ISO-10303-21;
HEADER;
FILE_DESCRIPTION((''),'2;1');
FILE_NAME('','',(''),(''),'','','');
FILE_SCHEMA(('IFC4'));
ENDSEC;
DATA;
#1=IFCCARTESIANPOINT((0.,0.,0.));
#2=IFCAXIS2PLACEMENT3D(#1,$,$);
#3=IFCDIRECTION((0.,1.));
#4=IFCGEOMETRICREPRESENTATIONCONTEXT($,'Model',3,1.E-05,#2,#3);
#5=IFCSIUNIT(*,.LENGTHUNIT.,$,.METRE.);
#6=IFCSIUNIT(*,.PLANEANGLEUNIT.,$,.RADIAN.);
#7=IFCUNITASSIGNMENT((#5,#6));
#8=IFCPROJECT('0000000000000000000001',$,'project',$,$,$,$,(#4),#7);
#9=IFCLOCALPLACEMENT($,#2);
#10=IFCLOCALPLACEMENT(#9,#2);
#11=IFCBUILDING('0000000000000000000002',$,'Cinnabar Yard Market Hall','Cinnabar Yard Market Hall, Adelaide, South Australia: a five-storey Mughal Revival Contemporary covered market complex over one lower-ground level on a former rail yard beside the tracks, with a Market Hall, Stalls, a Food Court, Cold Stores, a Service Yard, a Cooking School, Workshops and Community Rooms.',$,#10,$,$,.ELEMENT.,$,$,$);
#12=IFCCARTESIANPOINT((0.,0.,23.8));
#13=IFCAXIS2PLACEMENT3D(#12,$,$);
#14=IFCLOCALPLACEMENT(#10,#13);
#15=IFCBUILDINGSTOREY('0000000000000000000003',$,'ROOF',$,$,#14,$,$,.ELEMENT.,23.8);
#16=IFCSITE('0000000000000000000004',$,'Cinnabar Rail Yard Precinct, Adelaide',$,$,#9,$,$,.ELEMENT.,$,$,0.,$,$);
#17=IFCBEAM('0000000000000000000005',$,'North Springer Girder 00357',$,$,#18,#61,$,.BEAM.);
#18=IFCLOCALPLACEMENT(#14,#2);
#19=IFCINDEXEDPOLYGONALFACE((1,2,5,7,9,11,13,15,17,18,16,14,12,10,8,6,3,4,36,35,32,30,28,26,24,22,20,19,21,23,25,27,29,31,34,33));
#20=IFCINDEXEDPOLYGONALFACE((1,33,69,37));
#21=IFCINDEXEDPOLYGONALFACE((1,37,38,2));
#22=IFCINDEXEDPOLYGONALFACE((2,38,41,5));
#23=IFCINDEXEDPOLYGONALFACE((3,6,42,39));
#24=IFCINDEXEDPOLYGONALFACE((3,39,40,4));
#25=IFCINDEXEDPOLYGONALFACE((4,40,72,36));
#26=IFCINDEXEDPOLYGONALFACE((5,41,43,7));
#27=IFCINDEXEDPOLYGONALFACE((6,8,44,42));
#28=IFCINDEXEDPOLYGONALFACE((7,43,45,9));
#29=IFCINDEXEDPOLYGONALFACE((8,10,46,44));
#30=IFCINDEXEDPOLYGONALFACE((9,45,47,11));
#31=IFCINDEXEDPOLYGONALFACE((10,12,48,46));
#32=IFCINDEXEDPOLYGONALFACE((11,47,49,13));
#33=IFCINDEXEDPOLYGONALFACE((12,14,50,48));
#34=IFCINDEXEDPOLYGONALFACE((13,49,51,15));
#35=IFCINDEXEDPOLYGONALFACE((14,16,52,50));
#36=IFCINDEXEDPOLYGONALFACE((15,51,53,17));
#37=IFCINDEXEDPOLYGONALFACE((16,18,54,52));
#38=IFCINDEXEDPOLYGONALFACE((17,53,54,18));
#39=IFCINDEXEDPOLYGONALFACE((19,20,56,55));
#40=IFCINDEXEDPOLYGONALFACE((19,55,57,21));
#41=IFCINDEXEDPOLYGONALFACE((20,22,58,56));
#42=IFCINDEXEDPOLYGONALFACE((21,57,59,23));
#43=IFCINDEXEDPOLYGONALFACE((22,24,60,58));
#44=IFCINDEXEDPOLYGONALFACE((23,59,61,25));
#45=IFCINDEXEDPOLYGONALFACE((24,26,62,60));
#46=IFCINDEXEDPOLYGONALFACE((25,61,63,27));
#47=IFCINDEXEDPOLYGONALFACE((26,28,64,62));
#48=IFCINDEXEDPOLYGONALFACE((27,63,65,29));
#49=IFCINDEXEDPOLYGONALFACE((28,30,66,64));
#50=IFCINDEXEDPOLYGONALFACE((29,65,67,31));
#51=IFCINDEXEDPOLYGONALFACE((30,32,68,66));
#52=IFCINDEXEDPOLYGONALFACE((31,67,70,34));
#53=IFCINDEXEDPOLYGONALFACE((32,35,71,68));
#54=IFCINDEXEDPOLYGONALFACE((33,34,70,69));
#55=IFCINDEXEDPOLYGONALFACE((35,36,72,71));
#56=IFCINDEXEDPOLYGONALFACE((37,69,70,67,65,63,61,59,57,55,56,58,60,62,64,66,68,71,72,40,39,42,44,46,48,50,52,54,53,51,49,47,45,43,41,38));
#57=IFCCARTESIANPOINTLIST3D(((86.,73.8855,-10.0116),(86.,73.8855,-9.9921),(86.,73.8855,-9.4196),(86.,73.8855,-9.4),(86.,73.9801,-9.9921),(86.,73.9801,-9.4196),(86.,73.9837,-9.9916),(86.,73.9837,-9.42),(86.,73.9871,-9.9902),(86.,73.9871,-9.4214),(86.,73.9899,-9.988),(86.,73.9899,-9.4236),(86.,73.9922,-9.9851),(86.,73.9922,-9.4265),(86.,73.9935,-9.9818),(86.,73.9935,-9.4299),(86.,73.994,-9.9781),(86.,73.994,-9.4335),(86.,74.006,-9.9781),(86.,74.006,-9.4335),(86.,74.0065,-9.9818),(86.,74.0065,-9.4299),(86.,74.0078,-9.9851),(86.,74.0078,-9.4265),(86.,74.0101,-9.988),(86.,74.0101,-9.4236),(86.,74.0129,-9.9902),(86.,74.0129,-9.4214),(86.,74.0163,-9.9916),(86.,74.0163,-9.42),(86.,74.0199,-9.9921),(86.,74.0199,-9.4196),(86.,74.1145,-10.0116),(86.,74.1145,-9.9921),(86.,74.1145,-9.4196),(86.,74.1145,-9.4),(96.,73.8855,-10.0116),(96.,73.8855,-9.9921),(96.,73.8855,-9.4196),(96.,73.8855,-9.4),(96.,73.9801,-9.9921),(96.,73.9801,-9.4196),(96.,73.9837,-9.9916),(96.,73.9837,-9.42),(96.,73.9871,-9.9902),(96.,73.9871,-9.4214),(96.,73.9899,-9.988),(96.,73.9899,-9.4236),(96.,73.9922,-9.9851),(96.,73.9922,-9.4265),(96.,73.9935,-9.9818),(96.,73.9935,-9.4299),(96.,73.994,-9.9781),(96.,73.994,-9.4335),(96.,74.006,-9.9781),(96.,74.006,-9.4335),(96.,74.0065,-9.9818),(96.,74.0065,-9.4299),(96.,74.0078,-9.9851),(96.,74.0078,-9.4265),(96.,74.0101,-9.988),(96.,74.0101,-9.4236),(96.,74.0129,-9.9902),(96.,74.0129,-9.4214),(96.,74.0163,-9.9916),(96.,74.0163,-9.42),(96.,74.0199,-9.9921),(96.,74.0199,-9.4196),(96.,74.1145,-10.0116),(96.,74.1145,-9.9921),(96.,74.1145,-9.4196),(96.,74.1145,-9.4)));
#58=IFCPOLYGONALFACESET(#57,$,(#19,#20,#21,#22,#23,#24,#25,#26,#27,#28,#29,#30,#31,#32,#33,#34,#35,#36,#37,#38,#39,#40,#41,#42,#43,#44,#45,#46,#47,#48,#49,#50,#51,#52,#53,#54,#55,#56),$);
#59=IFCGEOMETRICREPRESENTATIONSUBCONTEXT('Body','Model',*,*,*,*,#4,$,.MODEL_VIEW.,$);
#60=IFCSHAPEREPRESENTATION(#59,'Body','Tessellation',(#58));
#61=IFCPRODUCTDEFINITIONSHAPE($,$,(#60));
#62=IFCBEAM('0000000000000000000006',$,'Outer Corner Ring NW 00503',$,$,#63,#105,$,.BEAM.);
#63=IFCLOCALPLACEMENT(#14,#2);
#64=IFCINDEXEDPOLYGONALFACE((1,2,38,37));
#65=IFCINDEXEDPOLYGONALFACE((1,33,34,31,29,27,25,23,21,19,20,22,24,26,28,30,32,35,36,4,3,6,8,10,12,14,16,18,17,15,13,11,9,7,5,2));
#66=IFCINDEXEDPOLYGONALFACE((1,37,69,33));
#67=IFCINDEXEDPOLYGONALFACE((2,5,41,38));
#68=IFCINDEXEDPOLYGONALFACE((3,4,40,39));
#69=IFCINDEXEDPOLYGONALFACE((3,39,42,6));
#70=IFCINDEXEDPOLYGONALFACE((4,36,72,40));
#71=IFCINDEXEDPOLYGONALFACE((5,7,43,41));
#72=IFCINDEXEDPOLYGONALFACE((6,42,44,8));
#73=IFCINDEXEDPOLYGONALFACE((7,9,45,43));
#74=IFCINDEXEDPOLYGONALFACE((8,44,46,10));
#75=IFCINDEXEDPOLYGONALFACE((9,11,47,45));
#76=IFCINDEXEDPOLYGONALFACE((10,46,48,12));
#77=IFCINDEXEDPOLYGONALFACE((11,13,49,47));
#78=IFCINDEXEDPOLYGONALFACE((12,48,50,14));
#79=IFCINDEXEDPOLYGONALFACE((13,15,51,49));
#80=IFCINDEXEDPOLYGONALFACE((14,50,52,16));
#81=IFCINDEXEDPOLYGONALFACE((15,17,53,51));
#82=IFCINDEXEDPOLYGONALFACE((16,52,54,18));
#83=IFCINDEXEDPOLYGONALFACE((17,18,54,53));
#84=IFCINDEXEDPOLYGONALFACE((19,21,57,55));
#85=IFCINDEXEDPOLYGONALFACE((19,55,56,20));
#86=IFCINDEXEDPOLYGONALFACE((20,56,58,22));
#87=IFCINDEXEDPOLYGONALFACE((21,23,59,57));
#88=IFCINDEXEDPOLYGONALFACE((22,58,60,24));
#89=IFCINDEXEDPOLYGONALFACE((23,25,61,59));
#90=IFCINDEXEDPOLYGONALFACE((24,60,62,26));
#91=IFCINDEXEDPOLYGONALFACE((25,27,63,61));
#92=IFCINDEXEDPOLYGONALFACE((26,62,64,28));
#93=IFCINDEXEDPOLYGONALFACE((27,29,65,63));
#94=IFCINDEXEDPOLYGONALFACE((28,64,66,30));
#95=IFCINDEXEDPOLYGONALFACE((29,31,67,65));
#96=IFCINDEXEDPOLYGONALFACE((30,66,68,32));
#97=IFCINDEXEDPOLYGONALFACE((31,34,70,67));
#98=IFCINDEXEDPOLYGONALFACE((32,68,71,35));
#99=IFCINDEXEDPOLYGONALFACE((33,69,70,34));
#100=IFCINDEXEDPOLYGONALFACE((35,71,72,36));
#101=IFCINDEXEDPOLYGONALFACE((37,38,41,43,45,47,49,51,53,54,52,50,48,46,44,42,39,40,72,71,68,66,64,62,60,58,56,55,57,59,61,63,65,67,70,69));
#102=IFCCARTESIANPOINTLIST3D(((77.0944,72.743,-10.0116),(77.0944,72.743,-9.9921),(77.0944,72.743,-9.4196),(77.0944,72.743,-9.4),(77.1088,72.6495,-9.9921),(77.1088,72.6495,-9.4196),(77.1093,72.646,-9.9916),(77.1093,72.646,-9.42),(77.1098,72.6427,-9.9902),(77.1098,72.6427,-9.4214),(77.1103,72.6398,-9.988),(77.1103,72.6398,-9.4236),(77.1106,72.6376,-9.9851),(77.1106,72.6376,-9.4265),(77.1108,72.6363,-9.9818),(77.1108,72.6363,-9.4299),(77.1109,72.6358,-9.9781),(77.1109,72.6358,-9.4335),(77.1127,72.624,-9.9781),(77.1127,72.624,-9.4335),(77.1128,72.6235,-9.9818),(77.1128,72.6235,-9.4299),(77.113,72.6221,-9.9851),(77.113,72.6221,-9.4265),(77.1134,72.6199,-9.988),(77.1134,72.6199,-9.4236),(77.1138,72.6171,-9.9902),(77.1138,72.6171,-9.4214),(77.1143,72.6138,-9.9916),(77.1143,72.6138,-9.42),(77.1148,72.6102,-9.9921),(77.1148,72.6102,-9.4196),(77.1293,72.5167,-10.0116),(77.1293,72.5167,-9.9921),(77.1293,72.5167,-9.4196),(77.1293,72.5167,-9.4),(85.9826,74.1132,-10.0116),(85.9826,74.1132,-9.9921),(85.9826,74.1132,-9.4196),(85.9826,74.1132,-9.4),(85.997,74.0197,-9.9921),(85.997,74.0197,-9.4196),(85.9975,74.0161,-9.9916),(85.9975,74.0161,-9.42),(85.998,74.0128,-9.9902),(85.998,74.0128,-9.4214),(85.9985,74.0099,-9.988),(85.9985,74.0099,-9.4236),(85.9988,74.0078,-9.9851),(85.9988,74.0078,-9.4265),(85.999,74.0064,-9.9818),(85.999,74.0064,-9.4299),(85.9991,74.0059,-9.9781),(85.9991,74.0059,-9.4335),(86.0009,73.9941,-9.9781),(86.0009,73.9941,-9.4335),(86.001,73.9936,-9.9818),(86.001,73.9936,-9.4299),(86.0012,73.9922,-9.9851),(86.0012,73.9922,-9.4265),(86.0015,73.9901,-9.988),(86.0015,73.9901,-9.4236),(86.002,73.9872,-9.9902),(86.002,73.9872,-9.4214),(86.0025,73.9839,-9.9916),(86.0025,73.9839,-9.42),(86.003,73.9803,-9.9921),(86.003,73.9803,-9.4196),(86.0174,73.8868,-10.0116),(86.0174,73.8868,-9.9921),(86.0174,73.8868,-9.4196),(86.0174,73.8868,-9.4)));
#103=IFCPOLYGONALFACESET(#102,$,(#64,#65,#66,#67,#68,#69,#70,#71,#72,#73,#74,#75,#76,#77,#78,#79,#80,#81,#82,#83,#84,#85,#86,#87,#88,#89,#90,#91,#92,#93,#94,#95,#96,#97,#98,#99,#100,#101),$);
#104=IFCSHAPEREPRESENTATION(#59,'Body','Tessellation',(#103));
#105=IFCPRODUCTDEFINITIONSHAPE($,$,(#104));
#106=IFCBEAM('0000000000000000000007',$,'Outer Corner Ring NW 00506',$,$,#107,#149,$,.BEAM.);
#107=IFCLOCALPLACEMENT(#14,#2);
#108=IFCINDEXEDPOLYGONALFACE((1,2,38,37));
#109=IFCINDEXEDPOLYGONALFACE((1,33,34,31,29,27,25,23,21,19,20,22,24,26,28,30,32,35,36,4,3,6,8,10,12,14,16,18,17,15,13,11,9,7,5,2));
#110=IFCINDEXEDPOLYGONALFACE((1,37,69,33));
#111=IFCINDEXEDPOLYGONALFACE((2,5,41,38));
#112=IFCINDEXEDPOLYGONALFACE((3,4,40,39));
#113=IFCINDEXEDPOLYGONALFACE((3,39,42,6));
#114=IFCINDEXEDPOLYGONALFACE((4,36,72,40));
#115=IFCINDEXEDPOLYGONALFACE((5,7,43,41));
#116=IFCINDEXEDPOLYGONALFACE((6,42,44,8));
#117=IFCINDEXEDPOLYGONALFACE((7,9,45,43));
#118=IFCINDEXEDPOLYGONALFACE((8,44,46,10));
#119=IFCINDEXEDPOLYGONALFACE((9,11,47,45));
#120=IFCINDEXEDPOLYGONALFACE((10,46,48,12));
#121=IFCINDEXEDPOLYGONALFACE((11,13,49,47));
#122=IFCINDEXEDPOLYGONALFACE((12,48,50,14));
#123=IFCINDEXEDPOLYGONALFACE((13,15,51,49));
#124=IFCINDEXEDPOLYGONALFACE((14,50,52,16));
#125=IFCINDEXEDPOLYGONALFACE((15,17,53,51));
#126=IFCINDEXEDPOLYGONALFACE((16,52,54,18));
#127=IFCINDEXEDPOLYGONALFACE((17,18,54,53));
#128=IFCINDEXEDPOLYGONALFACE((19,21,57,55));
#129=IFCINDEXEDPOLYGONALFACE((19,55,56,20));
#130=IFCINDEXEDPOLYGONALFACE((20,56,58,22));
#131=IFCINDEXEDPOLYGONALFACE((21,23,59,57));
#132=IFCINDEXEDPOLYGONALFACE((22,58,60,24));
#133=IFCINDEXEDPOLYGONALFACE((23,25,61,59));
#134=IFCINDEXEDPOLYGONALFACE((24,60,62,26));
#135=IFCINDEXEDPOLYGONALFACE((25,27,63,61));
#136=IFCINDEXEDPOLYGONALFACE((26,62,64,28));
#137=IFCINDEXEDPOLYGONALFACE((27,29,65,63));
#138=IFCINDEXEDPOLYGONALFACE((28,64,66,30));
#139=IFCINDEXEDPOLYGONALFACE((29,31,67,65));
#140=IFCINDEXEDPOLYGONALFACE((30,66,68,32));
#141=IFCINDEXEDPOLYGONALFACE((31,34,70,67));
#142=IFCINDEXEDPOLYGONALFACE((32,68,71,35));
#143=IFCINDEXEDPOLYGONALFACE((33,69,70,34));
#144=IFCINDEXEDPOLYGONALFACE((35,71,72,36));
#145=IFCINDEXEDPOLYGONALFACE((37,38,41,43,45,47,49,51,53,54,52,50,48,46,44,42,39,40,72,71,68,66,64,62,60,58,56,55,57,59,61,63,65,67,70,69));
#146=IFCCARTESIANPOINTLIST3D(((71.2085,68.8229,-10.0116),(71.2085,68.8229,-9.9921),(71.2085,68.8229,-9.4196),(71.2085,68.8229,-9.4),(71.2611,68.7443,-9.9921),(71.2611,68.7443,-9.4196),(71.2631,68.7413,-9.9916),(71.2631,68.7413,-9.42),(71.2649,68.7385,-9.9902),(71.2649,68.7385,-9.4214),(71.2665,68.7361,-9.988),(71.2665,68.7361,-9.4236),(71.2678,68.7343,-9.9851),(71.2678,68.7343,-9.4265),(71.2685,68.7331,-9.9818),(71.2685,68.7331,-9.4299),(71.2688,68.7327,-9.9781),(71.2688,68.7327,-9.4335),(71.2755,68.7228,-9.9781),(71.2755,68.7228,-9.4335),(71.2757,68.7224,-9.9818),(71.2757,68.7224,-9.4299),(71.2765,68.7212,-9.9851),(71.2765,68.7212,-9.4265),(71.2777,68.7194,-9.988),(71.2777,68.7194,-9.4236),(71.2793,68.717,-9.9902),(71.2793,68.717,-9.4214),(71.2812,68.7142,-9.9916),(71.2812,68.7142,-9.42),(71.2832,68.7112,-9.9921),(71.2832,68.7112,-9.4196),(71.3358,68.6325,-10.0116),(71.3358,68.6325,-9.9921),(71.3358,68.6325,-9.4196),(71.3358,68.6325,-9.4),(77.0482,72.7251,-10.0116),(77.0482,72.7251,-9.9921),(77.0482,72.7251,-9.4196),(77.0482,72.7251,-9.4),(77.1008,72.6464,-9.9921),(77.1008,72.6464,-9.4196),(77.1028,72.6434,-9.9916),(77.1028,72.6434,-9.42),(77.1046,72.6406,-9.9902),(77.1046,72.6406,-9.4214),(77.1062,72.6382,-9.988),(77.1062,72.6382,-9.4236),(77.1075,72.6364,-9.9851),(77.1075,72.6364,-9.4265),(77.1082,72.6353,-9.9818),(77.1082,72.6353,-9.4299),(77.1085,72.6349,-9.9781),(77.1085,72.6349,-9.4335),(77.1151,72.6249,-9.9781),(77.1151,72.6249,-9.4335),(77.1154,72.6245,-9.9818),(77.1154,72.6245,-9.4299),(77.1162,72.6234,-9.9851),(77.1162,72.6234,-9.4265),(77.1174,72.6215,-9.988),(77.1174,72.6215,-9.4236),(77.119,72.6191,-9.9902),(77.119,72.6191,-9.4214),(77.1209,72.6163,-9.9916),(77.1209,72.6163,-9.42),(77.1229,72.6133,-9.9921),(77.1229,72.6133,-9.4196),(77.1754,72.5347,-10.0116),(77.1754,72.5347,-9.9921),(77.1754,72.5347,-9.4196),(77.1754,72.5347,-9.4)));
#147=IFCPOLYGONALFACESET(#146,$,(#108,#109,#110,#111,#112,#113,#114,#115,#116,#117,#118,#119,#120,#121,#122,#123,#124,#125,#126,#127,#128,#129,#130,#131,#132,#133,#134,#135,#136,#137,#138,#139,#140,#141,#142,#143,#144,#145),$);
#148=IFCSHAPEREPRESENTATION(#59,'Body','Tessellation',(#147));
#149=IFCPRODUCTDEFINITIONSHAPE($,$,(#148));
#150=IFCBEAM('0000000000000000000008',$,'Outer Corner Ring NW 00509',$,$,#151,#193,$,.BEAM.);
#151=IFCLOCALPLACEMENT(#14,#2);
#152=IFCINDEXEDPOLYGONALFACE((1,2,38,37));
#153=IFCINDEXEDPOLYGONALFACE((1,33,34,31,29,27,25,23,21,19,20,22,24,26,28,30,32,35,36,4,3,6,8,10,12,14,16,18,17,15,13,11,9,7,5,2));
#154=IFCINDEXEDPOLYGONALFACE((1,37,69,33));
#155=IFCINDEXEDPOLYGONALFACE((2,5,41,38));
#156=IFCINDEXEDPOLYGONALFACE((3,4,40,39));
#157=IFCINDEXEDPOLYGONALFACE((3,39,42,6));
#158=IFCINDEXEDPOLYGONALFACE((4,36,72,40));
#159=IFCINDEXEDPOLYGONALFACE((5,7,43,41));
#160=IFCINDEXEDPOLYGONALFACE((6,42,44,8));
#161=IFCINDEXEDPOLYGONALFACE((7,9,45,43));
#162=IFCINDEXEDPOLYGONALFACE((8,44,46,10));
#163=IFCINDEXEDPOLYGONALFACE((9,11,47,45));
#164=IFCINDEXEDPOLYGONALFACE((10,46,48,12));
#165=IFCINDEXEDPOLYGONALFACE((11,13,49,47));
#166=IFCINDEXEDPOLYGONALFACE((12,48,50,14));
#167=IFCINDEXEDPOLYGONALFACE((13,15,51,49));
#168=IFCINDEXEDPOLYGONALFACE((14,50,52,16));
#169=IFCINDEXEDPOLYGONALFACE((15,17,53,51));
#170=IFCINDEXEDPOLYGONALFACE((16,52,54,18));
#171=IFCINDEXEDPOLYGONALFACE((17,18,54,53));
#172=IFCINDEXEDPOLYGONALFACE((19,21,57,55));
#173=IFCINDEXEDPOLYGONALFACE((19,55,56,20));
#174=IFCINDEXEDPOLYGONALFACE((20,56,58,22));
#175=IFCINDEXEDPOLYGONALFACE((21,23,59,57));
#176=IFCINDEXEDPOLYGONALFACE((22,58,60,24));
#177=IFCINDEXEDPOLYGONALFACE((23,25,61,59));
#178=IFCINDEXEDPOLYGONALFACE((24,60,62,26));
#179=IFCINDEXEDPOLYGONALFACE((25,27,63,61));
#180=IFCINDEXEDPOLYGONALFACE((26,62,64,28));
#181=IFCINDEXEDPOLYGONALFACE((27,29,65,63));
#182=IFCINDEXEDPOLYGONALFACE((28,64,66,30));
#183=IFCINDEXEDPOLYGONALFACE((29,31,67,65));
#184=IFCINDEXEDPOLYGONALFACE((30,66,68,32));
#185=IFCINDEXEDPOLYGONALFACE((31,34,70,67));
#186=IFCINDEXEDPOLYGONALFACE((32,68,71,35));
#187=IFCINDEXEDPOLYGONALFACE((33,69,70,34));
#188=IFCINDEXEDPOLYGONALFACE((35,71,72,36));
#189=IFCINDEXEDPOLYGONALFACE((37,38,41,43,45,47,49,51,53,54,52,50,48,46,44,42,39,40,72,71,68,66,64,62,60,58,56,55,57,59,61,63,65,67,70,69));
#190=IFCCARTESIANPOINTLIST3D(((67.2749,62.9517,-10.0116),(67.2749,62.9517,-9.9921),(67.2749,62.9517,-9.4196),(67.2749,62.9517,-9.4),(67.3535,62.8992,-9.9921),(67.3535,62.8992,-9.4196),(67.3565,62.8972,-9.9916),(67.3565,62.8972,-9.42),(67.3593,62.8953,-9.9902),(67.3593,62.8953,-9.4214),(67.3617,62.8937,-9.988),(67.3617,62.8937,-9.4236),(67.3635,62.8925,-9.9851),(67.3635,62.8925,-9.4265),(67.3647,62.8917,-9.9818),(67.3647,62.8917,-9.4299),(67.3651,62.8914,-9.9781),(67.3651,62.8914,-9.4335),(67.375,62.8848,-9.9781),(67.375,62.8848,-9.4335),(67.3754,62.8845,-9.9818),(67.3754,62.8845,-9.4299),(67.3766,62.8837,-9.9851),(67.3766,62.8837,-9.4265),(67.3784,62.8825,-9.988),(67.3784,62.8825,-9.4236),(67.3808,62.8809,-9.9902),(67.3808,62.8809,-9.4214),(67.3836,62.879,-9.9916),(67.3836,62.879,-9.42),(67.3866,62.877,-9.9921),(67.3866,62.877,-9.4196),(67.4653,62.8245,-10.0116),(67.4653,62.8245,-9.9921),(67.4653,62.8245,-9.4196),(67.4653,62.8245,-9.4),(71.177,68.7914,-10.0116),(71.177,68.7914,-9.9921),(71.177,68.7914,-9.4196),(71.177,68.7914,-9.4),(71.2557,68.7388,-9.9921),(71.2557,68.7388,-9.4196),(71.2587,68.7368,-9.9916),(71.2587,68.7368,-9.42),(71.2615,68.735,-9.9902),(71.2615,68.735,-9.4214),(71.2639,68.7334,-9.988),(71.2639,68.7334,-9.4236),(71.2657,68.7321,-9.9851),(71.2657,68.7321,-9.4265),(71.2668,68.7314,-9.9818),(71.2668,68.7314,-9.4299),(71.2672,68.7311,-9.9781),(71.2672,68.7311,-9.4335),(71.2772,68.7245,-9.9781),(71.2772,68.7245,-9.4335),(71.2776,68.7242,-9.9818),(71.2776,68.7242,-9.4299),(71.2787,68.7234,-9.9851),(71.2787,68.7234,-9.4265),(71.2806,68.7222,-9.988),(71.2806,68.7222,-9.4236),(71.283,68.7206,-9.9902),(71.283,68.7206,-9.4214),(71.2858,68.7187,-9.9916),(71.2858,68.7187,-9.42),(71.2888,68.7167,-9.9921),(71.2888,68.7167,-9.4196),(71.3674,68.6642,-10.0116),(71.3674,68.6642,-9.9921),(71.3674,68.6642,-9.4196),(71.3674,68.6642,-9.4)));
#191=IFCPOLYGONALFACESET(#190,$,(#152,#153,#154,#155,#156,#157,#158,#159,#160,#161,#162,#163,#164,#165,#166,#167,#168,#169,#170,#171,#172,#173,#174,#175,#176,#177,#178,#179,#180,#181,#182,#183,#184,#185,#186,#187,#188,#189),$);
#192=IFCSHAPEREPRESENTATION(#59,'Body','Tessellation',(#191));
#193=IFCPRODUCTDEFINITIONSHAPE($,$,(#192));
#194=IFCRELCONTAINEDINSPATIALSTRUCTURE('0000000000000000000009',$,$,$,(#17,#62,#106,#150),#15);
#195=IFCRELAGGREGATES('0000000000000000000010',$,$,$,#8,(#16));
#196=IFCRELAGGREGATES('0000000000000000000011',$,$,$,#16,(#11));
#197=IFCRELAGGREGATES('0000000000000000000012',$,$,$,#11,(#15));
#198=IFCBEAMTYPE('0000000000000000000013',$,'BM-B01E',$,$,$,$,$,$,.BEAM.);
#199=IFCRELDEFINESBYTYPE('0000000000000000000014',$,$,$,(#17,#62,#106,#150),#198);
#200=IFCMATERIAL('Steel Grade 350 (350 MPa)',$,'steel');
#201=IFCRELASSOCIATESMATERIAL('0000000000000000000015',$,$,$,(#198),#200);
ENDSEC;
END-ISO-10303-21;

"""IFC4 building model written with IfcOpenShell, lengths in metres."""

from ifc_helpers import new_model, si_unit, direction, frame, origin, origin_2d_with_axis, place, context, subcontext, project, spatial, i_section, extrude, material, material_profile, profile_set, type_object, element, save


model = new_model("IFC4")

# Units and contexts
model_context = context("Model", 3, precision=1e-05, world=origin(), true_north=direction((0.0, 1.0)))
body_context = subcontext(model_context, "Body", "Model", "MODEL_VIEW")
ifc_project = project(units=[si_unit("LENGTHUNIT", "METRE"), si_unit("PLANEANGLEUNIT", "RADIAN")], contexts=[model_context])

# Site, building, storey
site_placement = place(None, origin())
site = spatial("IfcSite", under=ifc_project, at=site_placement, Name="Cinnabar Rail Yard Precinct, Adelaide", CompositionType="ELEMENT", RefElevation=0.0)
building_placement = place(site_placement, origin())
building = spatial("IfcBuilding", under=site, at=building_placement, Name="Cinnabar Yard Market Hall", Description="Cinnabar Yard Market Hall, Adelaide, South Australia: a five-storey Mughal Revival Contemporary covered market complex over one lower-ground level on a former rail yard beside the tracks, with a Market Hall, Stalls, a Food Court, Cold Stores, a Service Yard, a Cooking School, Workshops and Community Rooms.", CompositionType="ELEMENT")
storey_placement = place(building_placement, frame((0.0, 0.0, 23.8)))
storey = spatial("IfcBuildingStorey", under=building, at=storey_placement, Name="ROOF", CompositionType="ELEMENT", Elevation=23.8)

# Beams
ifc_material_1 = material(Name="Steel Grade 350 (350 MPa)", Category="steel")
ifc_material_profile_1 = material_profile(ifc_material_1, i_section(OverallWidth=0.229, OverallDepth=0.6116, WebThickness=0.012, FlangeThickness=0.0195, FilletRadius=0.0139, at=origin_2d_with_axis()), Name="610UB125")
ifc_profile_set_1 = profile_set([ifc_material_profile_1], Name="Steel Grade 350 (350 MPa)")
beam_type_1 = type_object("IfcBeamType", Name="BM-B01E", PredefinedType="BEAM", material=ifc_profile_set_1)
beam_1_placement = place(storey_placement, frame((86.0, 74.0, -9.7058), z_axis=(1.0, 0.0, 0.0), x_axis=(0.0, 1.0, 0.0)))
element("IfcBeam", 1, at=beam_1_placement, inside=storey, type_object=beam_type_1, Name="North Springer Girder 00357", PredefinedType="BEAM", context=body_context, shape_type="SweptSolid", body=[
    extrude(i_section(OverallWidth=0.229, OverallDepth=0.6116, WebThickness=0.012, FlangeThickness=0.0195, FilletRadius=0.0139, at=origin_2d_with_axis()), origin(), (0.0, 0.0, 1.0), 10.0),
])
beam_2_placement = place(storey_placement, frame((86.0, 74.0, -9.7058), z_axis=(-0.988326, -0.152351, 0.0), x_axis=(0.152351, -0.988326, 0.0)))
element("IfcBeam", 2, at=beam_2_placement, inside=storey, type_object=beam_type_1, Name="Outer Corner Ring NW 00503", PredefinedType="BEAM", context=body_context, shape_type="SweptSolid", body=[
    extrude(i_section(OverallWidth=0.229, OverallDepth=0.6116, WebThickness=0.012, FlangeThickness=0.0195, FilletRadius=0.0139, at=origin_2d_with_axis()), origin(), (0.0, 0.0, 1.0), 8.9932),
])
for number, where, z_axis, x_axis, name in (
    (3, (77.1118, 72.6299, -9.7058), (-0.831456, -0.55559, 0.0), (0.55559, -0.831456, 0.0), "Outer Corner Ring NW 00506"),
    (4, (71.2722, 68.7278, -9.7058), (-0.55559, -0.831456, 0.0), (0.831456, -0.55559, 0.0), "Outer Corner Ring NW 00509"),
):
    element("IfcBeam", number, at=place(storey_placement, frame(where, z_axis=z_axis, x_axis=x_axis)), inside=storey, type_object=beam_type_1, Name=name, PredefinedType="BEAM", context=body_context, shape_type="SweptSolid", body=[
        extrude(i_section(OverallWidth=0.229, OverallDepth=0.6116, WebThickness=0.012, FlangeThickness=0.0195, FilletRadius=0.0139, at=origin_2d_with_axis()), origin(), (0.0, 0.0, 1.0), 7.0234),
    ])

save(model, "model.ifc")
